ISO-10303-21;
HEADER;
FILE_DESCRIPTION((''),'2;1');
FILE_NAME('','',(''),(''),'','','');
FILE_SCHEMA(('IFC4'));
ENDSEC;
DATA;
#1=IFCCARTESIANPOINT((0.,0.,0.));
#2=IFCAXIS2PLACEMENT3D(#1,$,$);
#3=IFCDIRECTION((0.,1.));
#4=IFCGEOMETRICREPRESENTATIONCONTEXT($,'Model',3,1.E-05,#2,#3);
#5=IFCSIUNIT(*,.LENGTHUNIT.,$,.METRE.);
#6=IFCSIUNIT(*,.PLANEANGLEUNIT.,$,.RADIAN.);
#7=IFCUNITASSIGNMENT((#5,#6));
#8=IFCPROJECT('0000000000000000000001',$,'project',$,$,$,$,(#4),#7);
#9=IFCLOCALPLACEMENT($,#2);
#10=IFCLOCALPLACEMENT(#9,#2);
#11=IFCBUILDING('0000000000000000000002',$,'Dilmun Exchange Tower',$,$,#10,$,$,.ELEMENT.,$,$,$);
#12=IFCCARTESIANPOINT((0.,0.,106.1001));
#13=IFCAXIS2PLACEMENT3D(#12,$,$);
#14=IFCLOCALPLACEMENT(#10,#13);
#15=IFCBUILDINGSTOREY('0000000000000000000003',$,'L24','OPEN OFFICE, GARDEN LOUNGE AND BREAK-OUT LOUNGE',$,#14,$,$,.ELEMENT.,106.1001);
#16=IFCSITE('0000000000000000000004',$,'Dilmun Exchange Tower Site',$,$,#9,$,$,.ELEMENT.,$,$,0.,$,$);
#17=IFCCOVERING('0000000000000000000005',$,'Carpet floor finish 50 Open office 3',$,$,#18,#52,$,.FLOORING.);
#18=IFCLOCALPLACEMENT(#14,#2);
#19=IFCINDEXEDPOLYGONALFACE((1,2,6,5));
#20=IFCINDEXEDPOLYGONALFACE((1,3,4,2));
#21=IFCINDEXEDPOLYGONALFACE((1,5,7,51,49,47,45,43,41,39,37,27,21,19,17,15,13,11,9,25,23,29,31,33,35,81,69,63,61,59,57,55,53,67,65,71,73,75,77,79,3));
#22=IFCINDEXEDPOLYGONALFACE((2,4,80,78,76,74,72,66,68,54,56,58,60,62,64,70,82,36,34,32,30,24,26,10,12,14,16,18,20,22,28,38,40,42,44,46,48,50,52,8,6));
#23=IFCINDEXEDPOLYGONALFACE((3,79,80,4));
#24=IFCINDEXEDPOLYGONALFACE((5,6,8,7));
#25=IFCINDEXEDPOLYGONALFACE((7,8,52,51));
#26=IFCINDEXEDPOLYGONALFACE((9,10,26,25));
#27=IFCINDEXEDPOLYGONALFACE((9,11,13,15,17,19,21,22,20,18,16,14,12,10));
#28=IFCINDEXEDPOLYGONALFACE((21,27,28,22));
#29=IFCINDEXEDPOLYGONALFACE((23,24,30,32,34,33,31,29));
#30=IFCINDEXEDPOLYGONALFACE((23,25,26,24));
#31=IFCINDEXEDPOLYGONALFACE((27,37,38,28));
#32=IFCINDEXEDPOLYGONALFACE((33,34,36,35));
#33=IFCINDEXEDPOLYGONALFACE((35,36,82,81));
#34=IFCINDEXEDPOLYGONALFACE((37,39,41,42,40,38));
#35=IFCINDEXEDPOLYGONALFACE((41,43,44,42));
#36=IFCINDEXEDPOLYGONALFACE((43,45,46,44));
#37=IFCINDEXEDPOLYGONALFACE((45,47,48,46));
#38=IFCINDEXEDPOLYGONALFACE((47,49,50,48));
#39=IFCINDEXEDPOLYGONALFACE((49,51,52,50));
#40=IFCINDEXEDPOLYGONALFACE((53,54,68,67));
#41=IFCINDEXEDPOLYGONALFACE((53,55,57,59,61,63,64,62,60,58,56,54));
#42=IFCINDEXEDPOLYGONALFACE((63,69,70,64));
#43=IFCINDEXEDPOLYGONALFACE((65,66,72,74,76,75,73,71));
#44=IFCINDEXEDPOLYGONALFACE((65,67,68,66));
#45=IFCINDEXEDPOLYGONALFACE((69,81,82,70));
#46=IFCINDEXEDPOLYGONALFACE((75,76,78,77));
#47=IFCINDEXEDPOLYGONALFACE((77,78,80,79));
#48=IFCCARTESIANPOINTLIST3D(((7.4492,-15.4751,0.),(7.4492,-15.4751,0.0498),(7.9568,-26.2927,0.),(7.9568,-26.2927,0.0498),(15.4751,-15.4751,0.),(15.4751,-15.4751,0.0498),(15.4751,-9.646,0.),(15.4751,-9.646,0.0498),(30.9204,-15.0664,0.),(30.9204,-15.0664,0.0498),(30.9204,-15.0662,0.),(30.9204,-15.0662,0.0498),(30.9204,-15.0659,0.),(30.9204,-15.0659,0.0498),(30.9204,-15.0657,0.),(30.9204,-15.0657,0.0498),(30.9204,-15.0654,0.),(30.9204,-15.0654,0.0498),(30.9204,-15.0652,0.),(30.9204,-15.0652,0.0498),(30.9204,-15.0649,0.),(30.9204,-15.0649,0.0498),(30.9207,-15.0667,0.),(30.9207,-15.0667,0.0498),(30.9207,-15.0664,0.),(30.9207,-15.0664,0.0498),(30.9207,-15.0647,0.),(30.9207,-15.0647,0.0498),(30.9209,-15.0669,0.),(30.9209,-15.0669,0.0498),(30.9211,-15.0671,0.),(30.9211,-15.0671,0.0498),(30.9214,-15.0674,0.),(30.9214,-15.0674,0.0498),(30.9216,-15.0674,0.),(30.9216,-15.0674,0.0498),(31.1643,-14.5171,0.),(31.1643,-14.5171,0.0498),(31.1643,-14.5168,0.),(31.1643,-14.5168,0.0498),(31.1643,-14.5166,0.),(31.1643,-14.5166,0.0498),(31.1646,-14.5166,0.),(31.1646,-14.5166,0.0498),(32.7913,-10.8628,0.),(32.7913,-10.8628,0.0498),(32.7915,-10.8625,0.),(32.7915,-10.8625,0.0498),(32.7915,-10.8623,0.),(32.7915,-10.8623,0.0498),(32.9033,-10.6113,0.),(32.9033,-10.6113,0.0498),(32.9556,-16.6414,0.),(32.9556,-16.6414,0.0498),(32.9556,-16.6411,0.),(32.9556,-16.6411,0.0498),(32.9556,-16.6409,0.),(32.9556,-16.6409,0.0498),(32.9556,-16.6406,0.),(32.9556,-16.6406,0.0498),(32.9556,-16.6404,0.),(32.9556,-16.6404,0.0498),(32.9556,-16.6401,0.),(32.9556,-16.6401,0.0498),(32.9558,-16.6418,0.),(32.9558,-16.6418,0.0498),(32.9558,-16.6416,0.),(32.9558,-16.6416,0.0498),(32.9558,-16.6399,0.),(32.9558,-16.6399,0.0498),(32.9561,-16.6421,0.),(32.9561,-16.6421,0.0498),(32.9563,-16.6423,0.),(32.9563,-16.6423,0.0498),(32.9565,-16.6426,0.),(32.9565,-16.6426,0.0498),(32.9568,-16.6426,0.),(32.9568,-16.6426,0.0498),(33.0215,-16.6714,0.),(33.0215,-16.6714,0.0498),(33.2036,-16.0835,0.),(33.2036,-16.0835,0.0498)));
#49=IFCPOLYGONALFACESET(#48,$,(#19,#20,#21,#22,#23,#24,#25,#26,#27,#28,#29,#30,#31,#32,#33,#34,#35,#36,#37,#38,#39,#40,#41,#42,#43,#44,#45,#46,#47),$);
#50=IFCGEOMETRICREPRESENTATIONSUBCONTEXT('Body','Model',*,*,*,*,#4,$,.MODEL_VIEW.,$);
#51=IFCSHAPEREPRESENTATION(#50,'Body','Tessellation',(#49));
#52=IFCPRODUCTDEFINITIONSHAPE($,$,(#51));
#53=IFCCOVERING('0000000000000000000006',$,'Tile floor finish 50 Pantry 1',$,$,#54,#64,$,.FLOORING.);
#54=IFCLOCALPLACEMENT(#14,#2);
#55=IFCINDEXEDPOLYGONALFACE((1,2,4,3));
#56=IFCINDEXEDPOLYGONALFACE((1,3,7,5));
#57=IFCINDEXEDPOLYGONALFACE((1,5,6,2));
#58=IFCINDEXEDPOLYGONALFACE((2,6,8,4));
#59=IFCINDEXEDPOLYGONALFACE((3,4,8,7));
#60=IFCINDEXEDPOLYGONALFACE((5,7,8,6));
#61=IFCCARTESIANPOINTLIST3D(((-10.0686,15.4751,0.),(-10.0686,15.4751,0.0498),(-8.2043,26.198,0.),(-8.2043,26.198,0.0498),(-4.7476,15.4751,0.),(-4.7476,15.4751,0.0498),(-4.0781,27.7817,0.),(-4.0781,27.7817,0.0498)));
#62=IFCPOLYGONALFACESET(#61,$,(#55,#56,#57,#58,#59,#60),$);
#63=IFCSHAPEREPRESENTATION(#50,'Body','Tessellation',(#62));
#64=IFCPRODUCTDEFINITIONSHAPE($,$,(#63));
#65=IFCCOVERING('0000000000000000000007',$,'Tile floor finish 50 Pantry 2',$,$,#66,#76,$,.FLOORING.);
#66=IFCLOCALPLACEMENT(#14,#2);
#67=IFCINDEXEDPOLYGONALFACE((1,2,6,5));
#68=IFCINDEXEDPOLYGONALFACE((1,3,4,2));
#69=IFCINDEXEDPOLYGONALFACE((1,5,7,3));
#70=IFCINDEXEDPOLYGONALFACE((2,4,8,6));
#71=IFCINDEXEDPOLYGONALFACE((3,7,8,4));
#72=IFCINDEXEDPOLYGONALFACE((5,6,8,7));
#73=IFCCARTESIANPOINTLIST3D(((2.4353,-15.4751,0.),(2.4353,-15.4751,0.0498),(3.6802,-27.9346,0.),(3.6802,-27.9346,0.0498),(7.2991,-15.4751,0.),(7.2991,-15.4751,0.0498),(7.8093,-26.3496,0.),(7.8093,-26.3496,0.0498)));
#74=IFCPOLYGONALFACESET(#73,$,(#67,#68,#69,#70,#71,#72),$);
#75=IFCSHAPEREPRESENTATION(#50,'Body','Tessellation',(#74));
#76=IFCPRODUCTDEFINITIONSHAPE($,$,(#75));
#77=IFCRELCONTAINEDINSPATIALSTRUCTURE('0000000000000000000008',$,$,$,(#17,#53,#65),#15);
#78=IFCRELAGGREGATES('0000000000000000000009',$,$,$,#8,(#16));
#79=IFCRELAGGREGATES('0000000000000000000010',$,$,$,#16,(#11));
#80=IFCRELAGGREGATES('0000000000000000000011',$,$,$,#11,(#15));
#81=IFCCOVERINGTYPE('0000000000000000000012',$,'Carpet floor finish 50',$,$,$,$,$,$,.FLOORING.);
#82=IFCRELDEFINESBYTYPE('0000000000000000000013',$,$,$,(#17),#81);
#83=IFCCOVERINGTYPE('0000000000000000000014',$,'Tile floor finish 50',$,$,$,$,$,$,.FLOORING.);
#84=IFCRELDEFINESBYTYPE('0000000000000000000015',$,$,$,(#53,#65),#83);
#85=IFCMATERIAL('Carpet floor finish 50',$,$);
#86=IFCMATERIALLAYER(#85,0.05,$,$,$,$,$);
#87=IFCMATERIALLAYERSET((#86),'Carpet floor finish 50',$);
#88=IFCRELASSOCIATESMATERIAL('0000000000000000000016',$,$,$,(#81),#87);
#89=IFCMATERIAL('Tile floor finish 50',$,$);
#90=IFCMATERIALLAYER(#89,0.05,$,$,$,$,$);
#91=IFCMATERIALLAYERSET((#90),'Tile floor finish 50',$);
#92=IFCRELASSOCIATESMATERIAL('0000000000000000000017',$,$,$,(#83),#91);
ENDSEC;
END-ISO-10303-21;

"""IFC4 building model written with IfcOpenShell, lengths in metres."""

from ifc_helpers import new_model, si_unit, direction, frame, origin, place, context, subcontext, project, spatial, polyline, outline, extrude, material, layer, layer_set, type_object, element, save


model = new_model("IFC4")

# Units and contexts
model_context = context("Model", 3, precision=1e-05, world=origin(), true_north=direction((0.0, 1.0)))
body_context = subcontext(model_context, "Body", "Model", "MODEL_VIEW")
ifc_project = project(units=[si_unit("LENGTHUNIT", "METRE"), si_unit("PLANEANGLEUNIT", "RADIAN")], contexts=[model_context])

# Site, building, storey
site_placement = place(None, origin())
site = spatial("IfcSite", under=ifc_project, at=site_placement, Name="Dilmun Exchange Tower Site", CompositionType="ELEMENT", RefElevation=0.0)
building_placement = place(site_placement, origin())
building = spatial("IfcBuilding", under=site, at=building_placement, Name="Dilmun Exchange Tower", CompositionType="ELEMENT")
storey_placement = place(building_placement, frame((0.0, 0.0, 106.1001)))
storey = spatial("IfcBuildingStorey", under=building, at=storey_placement, Name="L24", Description="OPEN OFFICE, GARDEN LOUNGE AND BREAK-OUT LOUNGE", CompositionType="ELEMENT", Elevation=106.1001)

# Coverings
ifc_material_1 = material(Name="Carpet floor finish 50")
ifc_layer_1 = layer(ifc_material_1, 0.05)
ifc_layer_set_1 = layer_set([ifc_layer_1], Name="Carpet floor finish 50")
covering_type_1 = type_object("IfcCoveringType", Name="Carpet floor finish 50", PredefinedType="FLOORING", material=ifc_layer_set_1)
covering_1_placement = place(storey_placement, origin())
element("IfcCovering", 1, at=covering_1_placement, inside=storey, type_object=covering_type_1, Name="Carpet floor finish 50 Open office 3", PredefinedType="FLOORING", context=body_context, shape_type="SweptSolid", body=[
    extrude(outline(polyline([(7.4492, -15.4751), (15.4751, -15.4751), (15.4751, -9.646), (32.9033, -10.6113), (32.7915, -10.8623), (32.7915, -10.8625), (32.7913, -10.8628), (32.7913, -10.8628), (31.1646, -14.5166), (31.1643, -14.5166), (31.1643, -14.5168), (31.1643, -14.5171), (31.1643, -14.5171), (30.9207, -15.0647), (30.9204, -15.0649), (30.9204, -15.0652), (30.9204, -15.0652), (30.9204, -15.0654), (30.9204, -15.0657), (30.9204, -15.0659), (30.9204, -15.0662), (30.9204, -15.0664), (30.9207, -15.0664), (30.9207, -15.0667), (30.9209, -15.0669), (30.9209, -15.0669), (30.9211, -15.0671), (30.9211, -15.0671), (30.9214, -15.0674), (30.9216, -15.0674), (33.2036, -16.0835), (32.9558, -16.6399), (32.9556, -16.6401), (32.9556, -16.6404), (32.9556, -16.6404), (32.9556, -16.6406), (32.9556, -16.6409), (32.9556, -16.6411), (32.9556, -16.6414), (32.9558, -16.6416), (32.9558, -16.6416), (32.9558, -16.6418), (32.9561, -16.6421), (32.9561, -16.6421), (32.9563, -16.6423), (32.9563, -16.6423), (32.9565, -16.6426), (32.9568, -16.6426), (33.0215, -16.6714), (7.9568, -26.2927), (7.4492, -15.4751)])), origin(), (0.0, 0.0, 1.0), 0.0498),
])
ifc_material_2 = material(Name="Tile floor finish 50")
ifc_layer_2 = layer(ifc_material_2, 0.05)
ifc_layer_set_2 = layer_set([ifc_layer_2], Name="Tile floor finish 50")
covering_type_2 = type_object("IfcCoveringType", Name="Tile floor finish 50", PredefinedType="FLOORING", material=ifc_layer_set_2)
covering_2_placement = place(storey_placement, origin())
element("IfcCovering", 2, at=covering_2_placement, inside=storey, type_object=covering_type_2, Name="Tile floor finish 50 Pantry 1", PredefinedType="FLOORING", context=body_context, shape_type="SweptSolid", body=[
    extrude(outline(polyline([(-10.0686, 15.4751), (-8.2043, 26.198), (-4.0781, 27.7817), (-4.7476, 15.4751), (-10.0686, 15.4751)])), origin(), (0.0, 0.0, 1.0), 0.0498),
])
covering_3_placement = place(storey_placement, origin())
element("IfcCovering", 3, at=covering_3_placement, inside=storey, type_object=covering_type_2, Name="Tile floor finish 50 Pantry 2", PredefinedType="FLOORING", context=body_context, shape_type="SweptSolid", body=[
    extrude(outline(polyline([(2.4353, -15.4751), (7.2991, -15.4751), (7.8093, -26.3496), (3.6802, -27.9346), (2.4353, -15.4751)])), origin(), (0.0, 0.0, 1.0), 0.0498),
])

save(model, "model.ifc")
